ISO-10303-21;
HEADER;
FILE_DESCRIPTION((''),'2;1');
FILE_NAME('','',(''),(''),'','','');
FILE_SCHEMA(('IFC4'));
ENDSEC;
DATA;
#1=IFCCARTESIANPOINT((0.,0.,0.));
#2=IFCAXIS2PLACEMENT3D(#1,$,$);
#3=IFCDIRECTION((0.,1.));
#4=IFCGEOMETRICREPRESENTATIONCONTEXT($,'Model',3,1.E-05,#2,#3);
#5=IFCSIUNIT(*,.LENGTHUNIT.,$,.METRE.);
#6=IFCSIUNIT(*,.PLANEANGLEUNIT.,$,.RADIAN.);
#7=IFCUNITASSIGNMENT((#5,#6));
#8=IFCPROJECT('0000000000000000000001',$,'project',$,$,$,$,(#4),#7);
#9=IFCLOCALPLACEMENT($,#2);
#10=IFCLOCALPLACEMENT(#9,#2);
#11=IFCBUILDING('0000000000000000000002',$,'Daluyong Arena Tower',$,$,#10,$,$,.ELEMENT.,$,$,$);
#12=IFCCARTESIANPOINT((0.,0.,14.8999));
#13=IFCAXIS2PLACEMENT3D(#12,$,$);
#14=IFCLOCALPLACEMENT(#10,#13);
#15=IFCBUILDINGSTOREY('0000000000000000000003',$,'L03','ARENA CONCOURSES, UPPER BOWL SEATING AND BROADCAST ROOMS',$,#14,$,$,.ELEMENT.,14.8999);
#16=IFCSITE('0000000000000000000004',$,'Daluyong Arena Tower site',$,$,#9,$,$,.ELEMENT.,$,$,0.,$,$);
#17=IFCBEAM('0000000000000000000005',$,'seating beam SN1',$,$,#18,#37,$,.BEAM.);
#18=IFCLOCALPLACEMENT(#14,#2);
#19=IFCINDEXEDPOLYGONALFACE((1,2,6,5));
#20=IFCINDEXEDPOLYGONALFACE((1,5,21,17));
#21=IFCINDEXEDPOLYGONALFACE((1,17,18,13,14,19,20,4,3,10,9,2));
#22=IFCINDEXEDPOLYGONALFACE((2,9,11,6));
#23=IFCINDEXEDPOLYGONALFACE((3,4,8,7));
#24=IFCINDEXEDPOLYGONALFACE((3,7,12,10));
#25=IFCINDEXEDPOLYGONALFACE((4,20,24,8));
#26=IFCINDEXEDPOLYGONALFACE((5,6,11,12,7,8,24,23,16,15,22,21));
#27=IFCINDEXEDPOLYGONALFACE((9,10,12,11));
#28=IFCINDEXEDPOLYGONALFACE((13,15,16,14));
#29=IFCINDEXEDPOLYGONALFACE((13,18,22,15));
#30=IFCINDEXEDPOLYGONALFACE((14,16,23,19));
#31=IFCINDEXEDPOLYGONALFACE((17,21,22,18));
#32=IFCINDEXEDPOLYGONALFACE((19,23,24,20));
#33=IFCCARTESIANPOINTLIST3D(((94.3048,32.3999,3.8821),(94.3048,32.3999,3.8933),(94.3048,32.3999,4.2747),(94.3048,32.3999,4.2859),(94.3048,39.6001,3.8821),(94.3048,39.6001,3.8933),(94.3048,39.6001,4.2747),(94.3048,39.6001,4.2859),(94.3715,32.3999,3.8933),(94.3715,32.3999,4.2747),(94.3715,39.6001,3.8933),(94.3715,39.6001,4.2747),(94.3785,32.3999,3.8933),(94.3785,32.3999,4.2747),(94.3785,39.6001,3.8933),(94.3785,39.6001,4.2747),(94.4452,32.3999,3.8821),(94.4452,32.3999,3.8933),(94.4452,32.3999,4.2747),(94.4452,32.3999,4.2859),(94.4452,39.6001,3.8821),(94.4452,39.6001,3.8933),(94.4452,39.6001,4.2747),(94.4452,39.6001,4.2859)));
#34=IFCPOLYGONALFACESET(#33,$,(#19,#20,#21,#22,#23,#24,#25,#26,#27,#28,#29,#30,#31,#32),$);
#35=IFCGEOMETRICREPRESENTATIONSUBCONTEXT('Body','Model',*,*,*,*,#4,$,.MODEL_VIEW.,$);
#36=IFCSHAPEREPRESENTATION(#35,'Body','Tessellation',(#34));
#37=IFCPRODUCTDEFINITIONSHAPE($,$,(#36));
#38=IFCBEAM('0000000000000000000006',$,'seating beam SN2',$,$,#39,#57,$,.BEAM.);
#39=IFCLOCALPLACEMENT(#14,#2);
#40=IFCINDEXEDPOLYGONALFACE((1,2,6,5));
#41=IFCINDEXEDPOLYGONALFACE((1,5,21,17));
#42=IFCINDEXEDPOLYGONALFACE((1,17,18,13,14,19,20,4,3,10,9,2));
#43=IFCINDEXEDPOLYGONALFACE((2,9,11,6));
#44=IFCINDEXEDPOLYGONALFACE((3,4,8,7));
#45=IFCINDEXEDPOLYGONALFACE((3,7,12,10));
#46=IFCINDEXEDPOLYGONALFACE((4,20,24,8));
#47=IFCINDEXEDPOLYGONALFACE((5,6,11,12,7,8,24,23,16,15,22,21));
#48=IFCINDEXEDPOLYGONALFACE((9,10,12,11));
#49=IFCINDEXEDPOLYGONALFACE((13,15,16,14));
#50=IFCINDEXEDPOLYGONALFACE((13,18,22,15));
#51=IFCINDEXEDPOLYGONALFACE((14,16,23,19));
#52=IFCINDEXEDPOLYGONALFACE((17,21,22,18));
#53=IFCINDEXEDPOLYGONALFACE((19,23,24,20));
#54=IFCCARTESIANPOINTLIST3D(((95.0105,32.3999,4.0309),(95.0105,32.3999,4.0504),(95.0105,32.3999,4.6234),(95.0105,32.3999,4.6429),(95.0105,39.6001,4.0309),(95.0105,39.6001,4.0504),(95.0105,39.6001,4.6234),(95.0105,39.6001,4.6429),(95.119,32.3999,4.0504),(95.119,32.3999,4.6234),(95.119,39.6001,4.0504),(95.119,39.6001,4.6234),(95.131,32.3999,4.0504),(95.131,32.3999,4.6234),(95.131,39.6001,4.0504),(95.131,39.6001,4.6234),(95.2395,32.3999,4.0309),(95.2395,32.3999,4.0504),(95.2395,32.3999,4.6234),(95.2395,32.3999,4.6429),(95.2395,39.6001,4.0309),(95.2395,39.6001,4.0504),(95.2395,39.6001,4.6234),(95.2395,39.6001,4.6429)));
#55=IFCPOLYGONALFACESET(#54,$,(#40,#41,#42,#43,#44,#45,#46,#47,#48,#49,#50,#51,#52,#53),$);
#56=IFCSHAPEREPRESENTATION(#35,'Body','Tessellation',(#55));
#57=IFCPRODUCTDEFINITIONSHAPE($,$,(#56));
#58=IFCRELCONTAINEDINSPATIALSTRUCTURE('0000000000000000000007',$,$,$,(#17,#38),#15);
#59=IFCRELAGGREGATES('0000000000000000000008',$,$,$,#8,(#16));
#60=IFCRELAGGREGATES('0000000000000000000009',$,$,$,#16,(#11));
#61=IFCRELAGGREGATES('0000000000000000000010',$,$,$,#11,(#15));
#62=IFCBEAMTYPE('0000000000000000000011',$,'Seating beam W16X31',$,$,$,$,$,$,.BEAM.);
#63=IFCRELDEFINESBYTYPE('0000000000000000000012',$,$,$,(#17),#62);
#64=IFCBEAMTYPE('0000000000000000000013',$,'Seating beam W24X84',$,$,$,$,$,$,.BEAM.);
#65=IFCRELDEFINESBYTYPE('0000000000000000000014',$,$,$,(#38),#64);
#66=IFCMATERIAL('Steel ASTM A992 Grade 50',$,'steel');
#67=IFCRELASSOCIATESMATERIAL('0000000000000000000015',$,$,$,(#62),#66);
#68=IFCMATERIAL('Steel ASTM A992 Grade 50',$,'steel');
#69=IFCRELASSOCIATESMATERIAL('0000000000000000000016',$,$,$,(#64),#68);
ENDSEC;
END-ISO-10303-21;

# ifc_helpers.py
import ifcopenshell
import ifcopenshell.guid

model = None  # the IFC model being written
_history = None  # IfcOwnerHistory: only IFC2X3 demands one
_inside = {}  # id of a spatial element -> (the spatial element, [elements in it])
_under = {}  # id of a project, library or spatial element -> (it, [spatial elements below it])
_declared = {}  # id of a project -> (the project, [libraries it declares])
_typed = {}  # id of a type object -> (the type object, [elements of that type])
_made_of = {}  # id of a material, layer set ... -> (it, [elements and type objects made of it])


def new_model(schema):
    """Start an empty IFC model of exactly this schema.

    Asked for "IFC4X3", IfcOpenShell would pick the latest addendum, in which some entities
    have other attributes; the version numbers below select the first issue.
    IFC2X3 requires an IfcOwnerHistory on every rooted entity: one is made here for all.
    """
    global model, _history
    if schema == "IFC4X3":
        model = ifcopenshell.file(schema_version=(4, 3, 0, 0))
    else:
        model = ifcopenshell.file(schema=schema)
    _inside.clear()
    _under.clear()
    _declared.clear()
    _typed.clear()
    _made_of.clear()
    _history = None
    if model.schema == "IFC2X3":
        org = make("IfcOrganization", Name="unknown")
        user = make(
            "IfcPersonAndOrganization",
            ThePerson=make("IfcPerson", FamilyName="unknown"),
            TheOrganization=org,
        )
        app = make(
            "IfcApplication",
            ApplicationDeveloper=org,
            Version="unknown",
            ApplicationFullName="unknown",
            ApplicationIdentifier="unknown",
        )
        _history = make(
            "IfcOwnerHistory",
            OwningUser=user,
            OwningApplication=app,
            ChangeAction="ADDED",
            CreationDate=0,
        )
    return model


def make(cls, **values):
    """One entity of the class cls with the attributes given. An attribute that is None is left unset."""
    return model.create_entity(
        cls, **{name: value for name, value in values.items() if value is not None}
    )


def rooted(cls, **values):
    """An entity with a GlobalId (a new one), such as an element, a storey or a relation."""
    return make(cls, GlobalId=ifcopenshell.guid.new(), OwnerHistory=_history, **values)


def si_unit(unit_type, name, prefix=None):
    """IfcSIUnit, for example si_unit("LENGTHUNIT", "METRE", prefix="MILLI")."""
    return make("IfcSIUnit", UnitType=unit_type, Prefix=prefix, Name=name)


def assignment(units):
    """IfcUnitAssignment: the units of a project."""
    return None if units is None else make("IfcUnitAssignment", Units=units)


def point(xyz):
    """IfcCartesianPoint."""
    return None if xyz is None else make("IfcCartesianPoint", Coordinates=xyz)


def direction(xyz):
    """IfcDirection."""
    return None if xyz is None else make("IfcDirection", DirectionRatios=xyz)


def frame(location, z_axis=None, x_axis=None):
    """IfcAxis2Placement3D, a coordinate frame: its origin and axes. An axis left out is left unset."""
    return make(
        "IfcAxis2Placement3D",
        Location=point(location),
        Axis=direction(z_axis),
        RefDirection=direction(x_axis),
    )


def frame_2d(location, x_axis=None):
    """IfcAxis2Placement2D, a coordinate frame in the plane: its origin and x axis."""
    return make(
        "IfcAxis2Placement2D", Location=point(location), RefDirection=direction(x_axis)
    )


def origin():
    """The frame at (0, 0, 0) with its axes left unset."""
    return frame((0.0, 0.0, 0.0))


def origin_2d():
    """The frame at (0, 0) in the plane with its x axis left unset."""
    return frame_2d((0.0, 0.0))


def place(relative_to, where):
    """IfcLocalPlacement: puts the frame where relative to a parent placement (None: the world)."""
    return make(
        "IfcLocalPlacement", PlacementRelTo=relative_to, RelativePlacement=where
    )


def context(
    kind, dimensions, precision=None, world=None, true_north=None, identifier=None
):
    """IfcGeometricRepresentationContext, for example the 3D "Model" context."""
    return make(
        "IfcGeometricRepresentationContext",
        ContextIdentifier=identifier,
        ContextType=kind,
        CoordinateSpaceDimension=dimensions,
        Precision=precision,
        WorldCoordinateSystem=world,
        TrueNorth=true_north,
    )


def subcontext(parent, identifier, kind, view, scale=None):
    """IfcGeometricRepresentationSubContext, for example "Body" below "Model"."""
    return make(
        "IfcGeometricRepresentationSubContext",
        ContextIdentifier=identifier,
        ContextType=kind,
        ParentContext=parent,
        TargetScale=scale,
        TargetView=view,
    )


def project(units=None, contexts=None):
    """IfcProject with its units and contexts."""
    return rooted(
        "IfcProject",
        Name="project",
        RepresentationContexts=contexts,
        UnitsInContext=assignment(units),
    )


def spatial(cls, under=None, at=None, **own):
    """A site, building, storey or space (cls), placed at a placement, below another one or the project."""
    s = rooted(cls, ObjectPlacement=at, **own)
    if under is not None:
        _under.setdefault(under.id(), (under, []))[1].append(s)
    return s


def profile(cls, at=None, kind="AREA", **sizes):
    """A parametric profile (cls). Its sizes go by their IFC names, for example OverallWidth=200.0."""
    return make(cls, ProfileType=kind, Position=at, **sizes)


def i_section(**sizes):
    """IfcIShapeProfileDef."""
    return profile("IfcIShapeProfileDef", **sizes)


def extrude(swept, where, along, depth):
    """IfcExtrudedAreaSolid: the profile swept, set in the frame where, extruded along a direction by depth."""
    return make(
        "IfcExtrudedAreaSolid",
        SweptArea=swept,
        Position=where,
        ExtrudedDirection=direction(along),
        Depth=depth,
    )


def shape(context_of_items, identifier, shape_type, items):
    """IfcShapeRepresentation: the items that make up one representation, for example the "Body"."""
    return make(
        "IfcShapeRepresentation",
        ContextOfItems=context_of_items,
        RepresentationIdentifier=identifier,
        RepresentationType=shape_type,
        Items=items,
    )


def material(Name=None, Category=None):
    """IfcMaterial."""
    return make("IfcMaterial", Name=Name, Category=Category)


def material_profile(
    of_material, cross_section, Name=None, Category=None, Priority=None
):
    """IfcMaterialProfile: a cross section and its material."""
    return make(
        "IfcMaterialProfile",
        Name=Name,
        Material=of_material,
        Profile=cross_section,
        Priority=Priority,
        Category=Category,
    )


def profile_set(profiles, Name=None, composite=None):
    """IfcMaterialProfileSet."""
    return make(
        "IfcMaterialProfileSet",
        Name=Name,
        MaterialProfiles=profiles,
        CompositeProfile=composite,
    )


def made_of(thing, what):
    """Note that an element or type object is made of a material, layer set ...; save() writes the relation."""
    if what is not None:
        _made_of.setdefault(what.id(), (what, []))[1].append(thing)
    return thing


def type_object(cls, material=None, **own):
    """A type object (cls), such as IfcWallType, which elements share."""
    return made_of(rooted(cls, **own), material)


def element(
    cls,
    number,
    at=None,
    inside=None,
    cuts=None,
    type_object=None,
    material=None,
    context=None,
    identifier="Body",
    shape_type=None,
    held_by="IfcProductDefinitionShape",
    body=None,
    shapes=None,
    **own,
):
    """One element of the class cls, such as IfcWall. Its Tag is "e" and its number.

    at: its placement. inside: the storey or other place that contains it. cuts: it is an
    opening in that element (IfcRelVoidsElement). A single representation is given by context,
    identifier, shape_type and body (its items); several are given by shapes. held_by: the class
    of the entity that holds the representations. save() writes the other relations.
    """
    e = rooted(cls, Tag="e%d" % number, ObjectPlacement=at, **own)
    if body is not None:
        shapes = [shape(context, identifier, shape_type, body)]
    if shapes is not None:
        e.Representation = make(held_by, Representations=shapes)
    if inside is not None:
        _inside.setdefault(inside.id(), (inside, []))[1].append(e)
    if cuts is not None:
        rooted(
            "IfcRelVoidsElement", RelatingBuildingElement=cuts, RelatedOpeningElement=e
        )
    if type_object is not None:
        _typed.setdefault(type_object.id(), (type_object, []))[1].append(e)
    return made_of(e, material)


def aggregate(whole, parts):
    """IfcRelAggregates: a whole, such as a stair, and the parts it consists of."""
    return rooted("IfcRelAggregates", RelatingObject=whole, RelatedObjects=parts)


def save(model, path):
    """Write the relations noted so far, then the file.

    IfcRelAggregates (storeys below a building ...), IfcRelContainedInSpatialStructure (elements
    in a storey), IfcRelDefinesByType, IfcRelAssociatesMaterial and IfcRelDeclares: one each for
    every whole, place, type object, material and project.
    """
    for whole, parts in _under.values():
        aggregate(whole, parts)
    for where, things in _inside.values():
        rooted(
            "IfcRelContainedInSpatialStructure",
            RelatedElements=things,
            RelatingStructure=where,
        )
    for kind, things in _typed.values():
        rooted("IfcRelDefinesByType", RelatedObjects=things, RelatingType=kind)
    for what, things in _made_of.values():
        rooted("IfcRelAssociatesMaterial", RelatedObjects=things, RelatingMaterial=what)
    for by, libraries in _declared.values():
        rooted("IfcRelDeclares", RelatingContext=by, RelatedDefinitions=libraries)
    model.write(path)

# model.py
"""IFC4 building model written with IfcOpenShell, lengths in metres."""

from ifc_helpers import new_model, si_unit, direction, frame, origin, origin_2d, place, context, subcontext, project, spatial, i_section, extrude, material, material_profile, profile_set, type_object, element, save


model = new_model("IFC4")

# Units and contexts
model_context = context("Model", 3, precision=1e-05, world=origin(), true_north=direction((0.0, 1.0)))
body_context = subcontext(model_context, "Body", "Model", "MODEL_VIEW")
ifc_project = project(units=[si_unit("LENGTHUNIT", "METRE"), si_unit("PLANEANGLEUNIT", "RADIAN")], contexts=[model_context])

# Site, building, storey
site_placement = place(None, origin())
site = spatial("IfcSite", under=ifc_project, at=site_placement, Name="Daluyong Arena Tower site", CompositionType="ELEMENT", RefElevation=0.0)
building_placement = place(site_placement, origin())
building = spatial("IfcBuilding", under=site, at=building_placement, Name="Daluyong Arena Tower", CompositionType="ELEMENT")
storey_placement = place(building_placement, frame((0.0, 0.0, 14.8999)))
storey = spatial("IfcBuildingStorey", under=building, at=storey_placement, Name="L03", Description="ARENA CONCOURSES, UPPER BOWL SEATING AND BROADCAST ROOMS", CompositionType="ELEMENT", Elevation=14.8999)

# Beams
ifc_material_1 = material(Name="Steel ASTM A992 Grade 50", Category="steel")
ifc_material_profile_1 = material_profile(ifc_material_1, i_section(OverallWidth=0.1404, OverallDepth=0.4038, WebThickness=0.0071, FlangeThickness=0.0112, at=origin_2d()))
ifc_profile_set_1 = profile_set([ifc_material_profile_1], Name="Steel ASTM A992 Grade 50")
beam_type_1 = type_object("IfcBeamType", Name="Seating beam W16X31", PredefinedType="BEAM", material=ifc_profile_set_1)
for number, where, z_axis, x_axis, name in (
    (1, (94.375, 32.3999, 4.084), (0.0, 1.0, 0.0), (-1.0, 0.0, 0.0), "seating beam SN1"),
):
    element("IfcBeam", number, at=place(storey_placement, frame(where, z_axis=z_axis, x_axis=x_axis)), inside=storey, type_object=beam_type_1, Name=name, PredefinedType="BEAM", context=body_context, shape_type="SweptSolid", body=[
        extrude(i_section(OverallWidth=0.1404, OverallDepth=0.4038, WebThickness=0.0071, FlangeThickness=0.0112, at=origin_2d()), origin(), (0.0, 0.0, 1.0), 7.2002),
    ])
ifc_material_2 = material(Name="Steel ASTM A992 Grade 50", Category="steel")
ifc_material_profile_2 = material_profile(ifc_material_2, i_section(OverallWidth=0.229, OverallDepth=0.6121, WebThickness=0.012, FlangeThickness=0.0195, at=origin_2d()))
ifc_profile_set_2 = profile_set([ifc_material_profile_2], Name="Steel ASTM A992 Grade 50")
beam_type_2 = type_object("IfcBeamType", Name="Seating beam W24X84", PredefinedType="BEAM", material=ifc_profile_set_2)
beam_placement = place(storey_placement, frame((95.125, 32.3999, 4.3369), z_axis=(0.0, 1.0, 0.0), x_axis=(-1.0, 0.0, 0.0)))
element("IfcBeam", 2, at=beam_placement, inside=storey, type_object=beam_type_2, Name="seating beam SN2", PredefinedType="BEAM", context=body_context, shape_type="SweptSolid", body=[
    extrude(i_section(OverallWidth=0.229, OverallDepth=0.6121, WebThickness=0.012, FlangeThickness=0.0195, at=origin_2d()), origin(), (0.0, 0.0, 1.0), 7.2002),
])

save(model, "model.ifc")
